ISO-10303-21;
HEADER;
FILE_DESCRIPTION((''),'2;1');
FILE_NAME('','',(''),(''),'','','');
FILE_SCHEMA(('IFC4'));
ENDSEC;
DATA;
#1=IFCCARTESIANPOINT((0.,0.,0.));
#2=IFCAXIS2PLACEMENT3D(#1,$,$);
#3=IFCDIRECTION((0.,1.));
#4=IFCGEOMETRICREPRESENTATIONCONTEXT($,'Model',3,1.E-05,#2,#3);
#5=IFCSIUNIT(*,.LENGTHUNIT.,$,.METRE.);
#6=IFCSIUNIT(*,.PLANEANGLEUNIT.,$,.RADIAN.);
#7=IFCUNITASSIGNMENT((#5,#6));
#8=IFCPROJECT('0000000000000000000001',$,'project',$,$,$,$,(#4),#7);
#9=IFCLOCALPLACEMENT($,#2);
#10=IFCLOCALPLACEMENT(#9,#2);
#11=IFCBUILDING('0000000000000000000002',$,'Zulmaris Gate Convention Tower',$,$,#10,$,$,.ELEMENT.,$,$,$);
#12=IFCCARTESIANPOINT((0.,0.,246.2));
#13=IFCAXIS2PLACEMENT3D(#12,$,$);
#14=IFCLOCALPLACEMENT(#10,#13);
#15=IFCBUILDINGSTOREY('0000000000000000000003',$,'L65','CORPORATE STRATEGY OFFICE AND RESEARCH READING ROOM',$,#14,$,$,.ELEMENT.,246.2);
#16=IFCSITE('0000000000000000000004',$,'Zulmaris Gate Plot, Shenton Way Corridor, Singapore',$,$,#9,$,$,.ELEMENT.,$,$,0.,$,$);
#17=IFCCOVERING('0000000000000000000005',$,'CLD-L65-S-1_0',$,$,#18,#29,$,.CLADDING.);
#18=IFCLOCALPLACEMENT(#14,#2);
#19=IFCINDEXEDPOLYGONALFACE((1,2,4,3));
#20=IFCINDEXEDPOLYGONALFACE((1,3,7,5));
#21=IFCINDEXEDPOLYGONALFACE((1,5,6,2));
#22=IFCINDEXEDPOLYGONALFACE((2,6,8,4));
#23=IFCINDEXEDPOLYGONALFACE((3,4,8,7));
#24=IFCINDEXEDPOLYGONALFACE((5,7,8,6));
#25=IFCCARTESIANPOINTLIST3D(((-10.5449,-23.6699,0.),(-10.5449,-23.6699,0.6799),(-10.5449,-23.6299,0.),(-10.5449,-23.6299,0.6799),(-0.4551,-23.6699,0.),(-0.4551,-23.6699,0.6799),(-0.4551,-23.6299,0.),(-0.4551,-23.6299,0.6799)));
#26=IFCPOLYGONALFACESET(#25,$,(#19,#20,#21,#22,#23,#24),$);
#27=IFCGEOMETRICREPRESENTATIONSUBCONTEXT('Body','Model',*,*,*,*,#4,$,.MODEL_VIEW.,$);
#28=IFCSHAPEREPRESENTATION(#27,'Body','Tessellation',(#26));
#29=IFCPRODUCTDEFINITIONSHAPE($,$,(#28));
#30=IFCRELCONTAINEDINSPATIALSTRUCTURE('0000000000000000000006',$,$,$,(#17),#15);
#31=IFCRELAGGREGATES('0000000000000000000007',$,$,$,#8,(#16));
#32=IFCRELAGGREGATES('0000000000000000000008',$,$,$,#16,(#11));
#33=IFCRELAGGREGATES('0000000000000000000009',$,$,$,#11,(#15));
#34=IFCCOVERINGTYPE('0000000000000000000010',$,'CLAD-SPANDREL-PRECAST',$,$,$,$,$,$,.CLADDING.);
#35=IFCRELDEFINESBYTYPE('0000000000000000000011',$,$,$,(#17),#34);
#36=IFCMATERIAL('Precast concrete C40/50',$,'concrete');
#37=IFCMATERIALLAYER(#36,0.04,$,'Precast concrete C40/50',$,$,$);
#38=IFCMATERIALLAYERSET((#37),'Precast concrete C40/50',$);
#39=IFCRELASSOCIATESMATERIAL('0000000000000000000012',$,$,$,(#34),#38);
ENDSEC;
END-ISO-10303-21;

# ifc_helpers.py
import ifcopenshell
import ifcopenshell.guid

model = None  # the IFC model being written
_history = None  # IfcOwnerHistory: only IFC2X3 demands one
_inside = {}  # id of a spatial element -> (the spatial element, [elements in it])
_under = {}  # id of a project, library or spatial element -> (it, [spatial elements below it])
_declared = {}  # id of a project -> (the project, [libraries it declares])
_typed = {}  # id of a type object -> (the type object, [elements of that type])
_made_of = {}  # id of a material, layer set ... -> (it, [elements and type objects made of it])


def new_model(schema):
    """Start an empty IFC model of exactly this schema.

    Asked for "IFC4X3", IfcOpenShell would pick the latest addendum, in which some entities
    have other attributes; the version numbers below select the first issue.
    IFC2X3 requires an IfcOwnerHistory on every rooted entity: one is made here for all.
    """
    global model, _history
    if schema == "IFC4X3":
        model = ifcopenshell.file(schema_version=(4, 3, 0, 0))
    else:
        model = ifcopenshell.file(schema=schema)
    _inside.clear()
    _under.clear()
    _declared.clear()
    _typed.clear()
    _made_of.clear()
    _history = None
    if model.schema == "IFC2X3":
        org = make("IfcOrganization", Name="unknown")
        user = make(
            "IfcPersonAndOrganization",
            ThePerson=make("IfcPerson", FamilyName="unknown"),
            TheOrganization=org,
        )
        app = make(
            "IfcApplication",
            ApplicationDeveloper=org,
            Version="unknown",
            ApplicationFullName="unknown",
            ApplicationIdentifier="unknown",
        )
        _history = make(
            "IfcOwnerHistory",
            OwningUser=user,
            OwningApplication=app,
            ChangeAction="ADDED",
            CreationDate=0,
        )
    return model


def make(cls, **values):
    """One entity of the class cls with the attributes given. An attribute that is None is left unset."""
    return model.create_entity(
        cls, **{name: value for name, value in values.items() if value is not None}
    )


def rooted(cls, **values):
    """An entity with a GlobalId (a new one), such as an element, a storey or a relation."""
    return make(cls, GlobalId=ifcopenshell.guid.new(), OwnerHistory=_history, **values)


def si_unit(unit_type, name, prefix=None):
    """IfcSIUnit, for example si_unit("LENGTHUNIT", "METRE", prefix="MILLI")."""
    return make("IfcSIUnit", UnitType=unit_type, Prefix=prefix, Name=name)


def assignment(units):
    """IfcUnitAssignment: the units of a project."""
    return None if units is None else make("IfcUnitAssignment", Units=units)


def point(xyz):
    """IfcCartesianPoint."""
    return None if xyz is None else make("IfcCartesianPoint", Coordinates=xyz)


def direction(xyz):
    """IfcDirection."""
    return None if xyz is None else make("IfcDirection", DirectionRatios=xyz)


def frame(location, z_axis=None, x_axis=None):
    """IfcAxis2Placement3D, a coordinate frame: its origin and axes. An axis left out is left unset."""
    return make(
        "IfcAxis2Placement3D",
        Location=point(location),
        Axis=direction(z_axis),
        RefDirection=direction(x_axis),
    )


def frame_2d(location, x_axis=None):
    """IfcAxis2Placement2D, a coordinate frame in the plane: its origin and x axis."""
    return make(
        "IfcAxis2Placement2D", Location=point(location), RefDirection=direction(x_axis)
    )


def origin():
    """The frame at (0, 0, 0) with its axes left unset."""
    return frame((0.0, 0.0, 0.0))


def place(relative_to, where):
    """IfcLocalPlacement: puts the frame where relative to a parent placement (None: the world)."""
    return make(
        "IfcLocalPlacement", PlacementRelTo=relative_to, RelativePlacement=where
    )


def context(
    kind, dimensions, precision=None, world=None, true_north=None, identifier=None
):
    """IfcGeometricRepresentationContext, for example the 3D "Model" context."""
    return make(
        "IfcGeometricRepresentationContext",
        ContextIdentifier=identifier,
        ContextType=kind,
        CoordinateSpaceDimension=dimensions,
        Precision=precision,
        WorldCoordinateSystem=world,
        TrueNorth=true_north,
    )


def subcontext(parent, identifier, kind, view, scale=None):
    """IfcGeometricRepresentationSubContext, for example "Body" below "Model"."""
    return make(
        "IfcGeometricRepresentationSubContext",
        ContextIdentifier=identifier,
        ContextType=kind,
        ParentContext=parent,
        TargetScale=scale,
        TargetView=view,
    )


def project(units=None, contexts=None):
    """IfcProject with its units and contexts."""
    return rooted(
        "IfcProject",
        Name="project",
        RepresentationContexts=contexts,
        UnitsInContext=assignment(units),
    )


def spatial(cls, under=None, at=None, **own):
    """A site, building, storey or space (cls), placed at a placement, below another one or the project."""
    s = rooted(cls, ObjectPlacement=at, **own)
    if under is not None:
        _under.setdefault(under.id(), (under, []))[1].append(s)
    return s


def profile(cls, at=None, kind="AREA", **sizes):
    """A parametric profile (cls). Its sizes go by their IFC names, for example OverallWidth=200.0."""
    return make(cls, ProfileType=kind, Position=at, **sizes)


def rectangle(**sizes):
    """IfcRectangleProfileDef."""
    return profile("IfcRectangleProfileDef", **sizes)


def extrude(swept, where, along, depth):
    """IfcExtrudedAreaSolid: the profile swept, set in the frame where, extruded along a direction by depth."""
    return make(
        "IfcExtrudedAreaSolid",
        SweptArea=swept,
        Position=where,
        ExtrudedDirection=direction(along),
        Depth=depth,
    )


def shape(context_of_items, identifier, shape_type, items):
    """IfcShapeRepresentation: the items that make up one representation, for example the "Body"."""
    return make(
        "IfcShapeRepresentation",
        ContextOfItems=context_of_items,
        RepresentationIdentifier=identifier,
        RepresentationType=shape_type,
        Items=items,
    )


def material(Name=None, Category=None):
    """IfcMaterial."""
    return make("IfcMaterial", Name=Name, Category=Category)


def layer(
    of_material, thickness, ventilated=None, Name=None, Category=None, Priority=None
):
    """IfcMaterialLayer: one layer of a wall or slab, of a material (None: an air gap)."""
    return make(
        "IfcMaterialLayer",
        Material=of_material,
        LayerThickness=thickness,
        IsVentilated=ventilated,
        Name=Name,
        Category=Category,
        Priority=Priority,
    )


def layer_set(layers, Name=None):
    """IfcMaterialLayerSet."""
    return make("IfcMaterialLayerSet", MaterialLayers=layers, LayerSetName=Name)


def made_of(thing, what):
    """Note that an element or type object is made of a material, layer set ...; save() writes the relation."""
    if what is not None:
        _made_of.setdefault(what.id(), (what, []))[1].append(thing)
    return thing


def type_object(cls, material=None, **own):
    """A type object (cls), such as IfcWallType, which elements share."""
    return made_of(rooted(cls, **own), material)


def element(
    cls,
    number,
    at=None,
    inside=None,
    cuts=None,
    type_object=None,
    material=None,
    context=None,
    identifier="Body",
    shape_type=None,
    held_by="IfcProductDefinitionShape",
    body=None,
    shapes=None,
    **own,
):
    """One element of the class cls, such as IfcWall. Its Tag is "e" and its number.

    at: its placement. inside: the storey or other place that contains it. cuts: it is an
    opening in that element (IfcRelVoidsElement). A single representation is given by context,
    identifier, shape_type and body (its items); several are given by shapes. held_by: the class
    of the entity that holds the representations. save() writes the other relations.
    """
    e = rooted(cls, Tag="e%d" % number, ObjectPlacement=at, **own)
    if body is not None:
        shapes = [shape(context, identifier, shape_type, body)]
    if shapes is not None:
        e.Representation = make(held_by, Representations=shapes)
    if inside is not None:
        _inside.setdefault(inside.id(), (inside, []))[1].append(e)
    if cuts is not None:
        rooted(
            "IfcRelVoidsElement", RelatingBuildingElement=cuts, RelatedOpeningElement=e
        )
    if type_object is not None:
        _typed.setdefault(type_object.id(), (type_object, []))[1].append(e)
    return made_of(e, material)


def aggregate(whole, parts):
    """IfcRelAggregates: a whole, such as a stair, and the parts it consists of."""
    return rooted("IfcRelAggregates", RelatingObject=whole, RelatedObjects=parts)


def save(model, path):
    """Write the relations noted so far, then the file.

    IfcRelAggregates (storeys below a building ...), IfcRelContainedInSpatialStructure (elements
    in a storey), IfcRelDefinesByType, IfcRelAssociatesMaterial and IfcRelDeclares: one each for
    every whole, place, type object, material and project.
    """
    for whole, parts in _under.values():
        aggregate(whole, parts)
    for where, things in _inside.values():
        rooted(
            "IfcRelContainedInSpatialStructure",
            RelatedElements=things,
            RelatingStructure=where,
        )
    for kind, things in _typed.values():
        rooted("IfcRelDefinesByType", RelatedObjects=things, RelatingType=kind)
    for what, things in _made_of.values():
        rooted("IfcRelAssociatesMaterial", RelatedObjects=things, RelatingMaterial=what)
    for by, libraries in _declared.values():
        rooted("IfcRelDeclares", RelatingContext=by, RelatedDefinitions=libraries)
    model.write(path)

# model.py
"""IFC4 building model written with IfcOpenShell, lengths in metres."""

from ifc_helpers import new_model, si_unit, direction, frame, frame_2d, origin, place, context, subcontext, project, spatial, rectangle, extrude, material, layer, layer_set, type_object, element, save


model = new_model("IFC4")

# Units and contexts
model_context = context("Model", 3, precision=1e-05, world=origin(), true_north=direction((0.0, 1.0)))
body_context = subcontext(model_context, "Body", "Model", "MODEL_VIEW")
ifc_project = project(units=[si_unit("LENGTHUNIT", "METRE"), si_unit("PLANEANGLEUNIT", "RADIAN")], contexts=[model_context])

# Site, building, storey
site_placement = place(None, origin())
site = spatial("IfcSite", under=ifc_project, at=site_placement, Name="Zulmaris Gate Plot, Shenton Way Corridor, Singapore", CompositionType="ELEMENT", RefElevation=0.0)
building_placement = place(site_placement, origin())
building = spatial("IfcBuilding", under=site, at=building_placement, Name="Zulmaris Gate Convention Tower", CompositionType="ELEMENT")
storey_placement = place(building_placement, frame((0.0, 0.0, 246.2)))
storey = spatial("IfcBuildingStorey", under=building, at=storey_placement, Name="L65", Description="CORPORATE STRATEGY OFFICE AND RESEARCH READING ROOM", CompositionType="ELEMENT", Elevation=246.2)

# Shared definitions
ifc_material_1 = material(Name="Precast concrete C40/50", Category="concrete")

# Covering
ifc_layer_1 = layer(ifc_material_1, 0.04, Name="Precast concrete C40/50")
ifc_layer_set_1 = layer_set([ifc_layer_1], Name="Precast concrete C40/50")
covering_type = type_object("IfcCoveringType", Name="CLAD-SPANDREL-PRECAST", PredefinedType="CLADDING", material=ifc_layer_set_1)
covering_1_placement = place(storey_placement, frame((-10.5449, -23.6499, 0.0), z_axis=(0.0, 0.0, 1.0), x_axis=(1.0, 0.0, 0.0)))
element("IfcCovering", 1, at=covering_1_placement, inside=storey, type_object=covering_type, Name="CLD-L65-S-1_0", PredefinedType="CLADDING", context=body_context, shape_type="SweptSolid", body=[
    extrude(rectangle(XDim=10.0898, YDim=0.04, at=frame_2d((5.0449, 0.0))), origin(), (0.0, 0.0, 1.0), 0.6799),
])

save(model, "model.ifc")
